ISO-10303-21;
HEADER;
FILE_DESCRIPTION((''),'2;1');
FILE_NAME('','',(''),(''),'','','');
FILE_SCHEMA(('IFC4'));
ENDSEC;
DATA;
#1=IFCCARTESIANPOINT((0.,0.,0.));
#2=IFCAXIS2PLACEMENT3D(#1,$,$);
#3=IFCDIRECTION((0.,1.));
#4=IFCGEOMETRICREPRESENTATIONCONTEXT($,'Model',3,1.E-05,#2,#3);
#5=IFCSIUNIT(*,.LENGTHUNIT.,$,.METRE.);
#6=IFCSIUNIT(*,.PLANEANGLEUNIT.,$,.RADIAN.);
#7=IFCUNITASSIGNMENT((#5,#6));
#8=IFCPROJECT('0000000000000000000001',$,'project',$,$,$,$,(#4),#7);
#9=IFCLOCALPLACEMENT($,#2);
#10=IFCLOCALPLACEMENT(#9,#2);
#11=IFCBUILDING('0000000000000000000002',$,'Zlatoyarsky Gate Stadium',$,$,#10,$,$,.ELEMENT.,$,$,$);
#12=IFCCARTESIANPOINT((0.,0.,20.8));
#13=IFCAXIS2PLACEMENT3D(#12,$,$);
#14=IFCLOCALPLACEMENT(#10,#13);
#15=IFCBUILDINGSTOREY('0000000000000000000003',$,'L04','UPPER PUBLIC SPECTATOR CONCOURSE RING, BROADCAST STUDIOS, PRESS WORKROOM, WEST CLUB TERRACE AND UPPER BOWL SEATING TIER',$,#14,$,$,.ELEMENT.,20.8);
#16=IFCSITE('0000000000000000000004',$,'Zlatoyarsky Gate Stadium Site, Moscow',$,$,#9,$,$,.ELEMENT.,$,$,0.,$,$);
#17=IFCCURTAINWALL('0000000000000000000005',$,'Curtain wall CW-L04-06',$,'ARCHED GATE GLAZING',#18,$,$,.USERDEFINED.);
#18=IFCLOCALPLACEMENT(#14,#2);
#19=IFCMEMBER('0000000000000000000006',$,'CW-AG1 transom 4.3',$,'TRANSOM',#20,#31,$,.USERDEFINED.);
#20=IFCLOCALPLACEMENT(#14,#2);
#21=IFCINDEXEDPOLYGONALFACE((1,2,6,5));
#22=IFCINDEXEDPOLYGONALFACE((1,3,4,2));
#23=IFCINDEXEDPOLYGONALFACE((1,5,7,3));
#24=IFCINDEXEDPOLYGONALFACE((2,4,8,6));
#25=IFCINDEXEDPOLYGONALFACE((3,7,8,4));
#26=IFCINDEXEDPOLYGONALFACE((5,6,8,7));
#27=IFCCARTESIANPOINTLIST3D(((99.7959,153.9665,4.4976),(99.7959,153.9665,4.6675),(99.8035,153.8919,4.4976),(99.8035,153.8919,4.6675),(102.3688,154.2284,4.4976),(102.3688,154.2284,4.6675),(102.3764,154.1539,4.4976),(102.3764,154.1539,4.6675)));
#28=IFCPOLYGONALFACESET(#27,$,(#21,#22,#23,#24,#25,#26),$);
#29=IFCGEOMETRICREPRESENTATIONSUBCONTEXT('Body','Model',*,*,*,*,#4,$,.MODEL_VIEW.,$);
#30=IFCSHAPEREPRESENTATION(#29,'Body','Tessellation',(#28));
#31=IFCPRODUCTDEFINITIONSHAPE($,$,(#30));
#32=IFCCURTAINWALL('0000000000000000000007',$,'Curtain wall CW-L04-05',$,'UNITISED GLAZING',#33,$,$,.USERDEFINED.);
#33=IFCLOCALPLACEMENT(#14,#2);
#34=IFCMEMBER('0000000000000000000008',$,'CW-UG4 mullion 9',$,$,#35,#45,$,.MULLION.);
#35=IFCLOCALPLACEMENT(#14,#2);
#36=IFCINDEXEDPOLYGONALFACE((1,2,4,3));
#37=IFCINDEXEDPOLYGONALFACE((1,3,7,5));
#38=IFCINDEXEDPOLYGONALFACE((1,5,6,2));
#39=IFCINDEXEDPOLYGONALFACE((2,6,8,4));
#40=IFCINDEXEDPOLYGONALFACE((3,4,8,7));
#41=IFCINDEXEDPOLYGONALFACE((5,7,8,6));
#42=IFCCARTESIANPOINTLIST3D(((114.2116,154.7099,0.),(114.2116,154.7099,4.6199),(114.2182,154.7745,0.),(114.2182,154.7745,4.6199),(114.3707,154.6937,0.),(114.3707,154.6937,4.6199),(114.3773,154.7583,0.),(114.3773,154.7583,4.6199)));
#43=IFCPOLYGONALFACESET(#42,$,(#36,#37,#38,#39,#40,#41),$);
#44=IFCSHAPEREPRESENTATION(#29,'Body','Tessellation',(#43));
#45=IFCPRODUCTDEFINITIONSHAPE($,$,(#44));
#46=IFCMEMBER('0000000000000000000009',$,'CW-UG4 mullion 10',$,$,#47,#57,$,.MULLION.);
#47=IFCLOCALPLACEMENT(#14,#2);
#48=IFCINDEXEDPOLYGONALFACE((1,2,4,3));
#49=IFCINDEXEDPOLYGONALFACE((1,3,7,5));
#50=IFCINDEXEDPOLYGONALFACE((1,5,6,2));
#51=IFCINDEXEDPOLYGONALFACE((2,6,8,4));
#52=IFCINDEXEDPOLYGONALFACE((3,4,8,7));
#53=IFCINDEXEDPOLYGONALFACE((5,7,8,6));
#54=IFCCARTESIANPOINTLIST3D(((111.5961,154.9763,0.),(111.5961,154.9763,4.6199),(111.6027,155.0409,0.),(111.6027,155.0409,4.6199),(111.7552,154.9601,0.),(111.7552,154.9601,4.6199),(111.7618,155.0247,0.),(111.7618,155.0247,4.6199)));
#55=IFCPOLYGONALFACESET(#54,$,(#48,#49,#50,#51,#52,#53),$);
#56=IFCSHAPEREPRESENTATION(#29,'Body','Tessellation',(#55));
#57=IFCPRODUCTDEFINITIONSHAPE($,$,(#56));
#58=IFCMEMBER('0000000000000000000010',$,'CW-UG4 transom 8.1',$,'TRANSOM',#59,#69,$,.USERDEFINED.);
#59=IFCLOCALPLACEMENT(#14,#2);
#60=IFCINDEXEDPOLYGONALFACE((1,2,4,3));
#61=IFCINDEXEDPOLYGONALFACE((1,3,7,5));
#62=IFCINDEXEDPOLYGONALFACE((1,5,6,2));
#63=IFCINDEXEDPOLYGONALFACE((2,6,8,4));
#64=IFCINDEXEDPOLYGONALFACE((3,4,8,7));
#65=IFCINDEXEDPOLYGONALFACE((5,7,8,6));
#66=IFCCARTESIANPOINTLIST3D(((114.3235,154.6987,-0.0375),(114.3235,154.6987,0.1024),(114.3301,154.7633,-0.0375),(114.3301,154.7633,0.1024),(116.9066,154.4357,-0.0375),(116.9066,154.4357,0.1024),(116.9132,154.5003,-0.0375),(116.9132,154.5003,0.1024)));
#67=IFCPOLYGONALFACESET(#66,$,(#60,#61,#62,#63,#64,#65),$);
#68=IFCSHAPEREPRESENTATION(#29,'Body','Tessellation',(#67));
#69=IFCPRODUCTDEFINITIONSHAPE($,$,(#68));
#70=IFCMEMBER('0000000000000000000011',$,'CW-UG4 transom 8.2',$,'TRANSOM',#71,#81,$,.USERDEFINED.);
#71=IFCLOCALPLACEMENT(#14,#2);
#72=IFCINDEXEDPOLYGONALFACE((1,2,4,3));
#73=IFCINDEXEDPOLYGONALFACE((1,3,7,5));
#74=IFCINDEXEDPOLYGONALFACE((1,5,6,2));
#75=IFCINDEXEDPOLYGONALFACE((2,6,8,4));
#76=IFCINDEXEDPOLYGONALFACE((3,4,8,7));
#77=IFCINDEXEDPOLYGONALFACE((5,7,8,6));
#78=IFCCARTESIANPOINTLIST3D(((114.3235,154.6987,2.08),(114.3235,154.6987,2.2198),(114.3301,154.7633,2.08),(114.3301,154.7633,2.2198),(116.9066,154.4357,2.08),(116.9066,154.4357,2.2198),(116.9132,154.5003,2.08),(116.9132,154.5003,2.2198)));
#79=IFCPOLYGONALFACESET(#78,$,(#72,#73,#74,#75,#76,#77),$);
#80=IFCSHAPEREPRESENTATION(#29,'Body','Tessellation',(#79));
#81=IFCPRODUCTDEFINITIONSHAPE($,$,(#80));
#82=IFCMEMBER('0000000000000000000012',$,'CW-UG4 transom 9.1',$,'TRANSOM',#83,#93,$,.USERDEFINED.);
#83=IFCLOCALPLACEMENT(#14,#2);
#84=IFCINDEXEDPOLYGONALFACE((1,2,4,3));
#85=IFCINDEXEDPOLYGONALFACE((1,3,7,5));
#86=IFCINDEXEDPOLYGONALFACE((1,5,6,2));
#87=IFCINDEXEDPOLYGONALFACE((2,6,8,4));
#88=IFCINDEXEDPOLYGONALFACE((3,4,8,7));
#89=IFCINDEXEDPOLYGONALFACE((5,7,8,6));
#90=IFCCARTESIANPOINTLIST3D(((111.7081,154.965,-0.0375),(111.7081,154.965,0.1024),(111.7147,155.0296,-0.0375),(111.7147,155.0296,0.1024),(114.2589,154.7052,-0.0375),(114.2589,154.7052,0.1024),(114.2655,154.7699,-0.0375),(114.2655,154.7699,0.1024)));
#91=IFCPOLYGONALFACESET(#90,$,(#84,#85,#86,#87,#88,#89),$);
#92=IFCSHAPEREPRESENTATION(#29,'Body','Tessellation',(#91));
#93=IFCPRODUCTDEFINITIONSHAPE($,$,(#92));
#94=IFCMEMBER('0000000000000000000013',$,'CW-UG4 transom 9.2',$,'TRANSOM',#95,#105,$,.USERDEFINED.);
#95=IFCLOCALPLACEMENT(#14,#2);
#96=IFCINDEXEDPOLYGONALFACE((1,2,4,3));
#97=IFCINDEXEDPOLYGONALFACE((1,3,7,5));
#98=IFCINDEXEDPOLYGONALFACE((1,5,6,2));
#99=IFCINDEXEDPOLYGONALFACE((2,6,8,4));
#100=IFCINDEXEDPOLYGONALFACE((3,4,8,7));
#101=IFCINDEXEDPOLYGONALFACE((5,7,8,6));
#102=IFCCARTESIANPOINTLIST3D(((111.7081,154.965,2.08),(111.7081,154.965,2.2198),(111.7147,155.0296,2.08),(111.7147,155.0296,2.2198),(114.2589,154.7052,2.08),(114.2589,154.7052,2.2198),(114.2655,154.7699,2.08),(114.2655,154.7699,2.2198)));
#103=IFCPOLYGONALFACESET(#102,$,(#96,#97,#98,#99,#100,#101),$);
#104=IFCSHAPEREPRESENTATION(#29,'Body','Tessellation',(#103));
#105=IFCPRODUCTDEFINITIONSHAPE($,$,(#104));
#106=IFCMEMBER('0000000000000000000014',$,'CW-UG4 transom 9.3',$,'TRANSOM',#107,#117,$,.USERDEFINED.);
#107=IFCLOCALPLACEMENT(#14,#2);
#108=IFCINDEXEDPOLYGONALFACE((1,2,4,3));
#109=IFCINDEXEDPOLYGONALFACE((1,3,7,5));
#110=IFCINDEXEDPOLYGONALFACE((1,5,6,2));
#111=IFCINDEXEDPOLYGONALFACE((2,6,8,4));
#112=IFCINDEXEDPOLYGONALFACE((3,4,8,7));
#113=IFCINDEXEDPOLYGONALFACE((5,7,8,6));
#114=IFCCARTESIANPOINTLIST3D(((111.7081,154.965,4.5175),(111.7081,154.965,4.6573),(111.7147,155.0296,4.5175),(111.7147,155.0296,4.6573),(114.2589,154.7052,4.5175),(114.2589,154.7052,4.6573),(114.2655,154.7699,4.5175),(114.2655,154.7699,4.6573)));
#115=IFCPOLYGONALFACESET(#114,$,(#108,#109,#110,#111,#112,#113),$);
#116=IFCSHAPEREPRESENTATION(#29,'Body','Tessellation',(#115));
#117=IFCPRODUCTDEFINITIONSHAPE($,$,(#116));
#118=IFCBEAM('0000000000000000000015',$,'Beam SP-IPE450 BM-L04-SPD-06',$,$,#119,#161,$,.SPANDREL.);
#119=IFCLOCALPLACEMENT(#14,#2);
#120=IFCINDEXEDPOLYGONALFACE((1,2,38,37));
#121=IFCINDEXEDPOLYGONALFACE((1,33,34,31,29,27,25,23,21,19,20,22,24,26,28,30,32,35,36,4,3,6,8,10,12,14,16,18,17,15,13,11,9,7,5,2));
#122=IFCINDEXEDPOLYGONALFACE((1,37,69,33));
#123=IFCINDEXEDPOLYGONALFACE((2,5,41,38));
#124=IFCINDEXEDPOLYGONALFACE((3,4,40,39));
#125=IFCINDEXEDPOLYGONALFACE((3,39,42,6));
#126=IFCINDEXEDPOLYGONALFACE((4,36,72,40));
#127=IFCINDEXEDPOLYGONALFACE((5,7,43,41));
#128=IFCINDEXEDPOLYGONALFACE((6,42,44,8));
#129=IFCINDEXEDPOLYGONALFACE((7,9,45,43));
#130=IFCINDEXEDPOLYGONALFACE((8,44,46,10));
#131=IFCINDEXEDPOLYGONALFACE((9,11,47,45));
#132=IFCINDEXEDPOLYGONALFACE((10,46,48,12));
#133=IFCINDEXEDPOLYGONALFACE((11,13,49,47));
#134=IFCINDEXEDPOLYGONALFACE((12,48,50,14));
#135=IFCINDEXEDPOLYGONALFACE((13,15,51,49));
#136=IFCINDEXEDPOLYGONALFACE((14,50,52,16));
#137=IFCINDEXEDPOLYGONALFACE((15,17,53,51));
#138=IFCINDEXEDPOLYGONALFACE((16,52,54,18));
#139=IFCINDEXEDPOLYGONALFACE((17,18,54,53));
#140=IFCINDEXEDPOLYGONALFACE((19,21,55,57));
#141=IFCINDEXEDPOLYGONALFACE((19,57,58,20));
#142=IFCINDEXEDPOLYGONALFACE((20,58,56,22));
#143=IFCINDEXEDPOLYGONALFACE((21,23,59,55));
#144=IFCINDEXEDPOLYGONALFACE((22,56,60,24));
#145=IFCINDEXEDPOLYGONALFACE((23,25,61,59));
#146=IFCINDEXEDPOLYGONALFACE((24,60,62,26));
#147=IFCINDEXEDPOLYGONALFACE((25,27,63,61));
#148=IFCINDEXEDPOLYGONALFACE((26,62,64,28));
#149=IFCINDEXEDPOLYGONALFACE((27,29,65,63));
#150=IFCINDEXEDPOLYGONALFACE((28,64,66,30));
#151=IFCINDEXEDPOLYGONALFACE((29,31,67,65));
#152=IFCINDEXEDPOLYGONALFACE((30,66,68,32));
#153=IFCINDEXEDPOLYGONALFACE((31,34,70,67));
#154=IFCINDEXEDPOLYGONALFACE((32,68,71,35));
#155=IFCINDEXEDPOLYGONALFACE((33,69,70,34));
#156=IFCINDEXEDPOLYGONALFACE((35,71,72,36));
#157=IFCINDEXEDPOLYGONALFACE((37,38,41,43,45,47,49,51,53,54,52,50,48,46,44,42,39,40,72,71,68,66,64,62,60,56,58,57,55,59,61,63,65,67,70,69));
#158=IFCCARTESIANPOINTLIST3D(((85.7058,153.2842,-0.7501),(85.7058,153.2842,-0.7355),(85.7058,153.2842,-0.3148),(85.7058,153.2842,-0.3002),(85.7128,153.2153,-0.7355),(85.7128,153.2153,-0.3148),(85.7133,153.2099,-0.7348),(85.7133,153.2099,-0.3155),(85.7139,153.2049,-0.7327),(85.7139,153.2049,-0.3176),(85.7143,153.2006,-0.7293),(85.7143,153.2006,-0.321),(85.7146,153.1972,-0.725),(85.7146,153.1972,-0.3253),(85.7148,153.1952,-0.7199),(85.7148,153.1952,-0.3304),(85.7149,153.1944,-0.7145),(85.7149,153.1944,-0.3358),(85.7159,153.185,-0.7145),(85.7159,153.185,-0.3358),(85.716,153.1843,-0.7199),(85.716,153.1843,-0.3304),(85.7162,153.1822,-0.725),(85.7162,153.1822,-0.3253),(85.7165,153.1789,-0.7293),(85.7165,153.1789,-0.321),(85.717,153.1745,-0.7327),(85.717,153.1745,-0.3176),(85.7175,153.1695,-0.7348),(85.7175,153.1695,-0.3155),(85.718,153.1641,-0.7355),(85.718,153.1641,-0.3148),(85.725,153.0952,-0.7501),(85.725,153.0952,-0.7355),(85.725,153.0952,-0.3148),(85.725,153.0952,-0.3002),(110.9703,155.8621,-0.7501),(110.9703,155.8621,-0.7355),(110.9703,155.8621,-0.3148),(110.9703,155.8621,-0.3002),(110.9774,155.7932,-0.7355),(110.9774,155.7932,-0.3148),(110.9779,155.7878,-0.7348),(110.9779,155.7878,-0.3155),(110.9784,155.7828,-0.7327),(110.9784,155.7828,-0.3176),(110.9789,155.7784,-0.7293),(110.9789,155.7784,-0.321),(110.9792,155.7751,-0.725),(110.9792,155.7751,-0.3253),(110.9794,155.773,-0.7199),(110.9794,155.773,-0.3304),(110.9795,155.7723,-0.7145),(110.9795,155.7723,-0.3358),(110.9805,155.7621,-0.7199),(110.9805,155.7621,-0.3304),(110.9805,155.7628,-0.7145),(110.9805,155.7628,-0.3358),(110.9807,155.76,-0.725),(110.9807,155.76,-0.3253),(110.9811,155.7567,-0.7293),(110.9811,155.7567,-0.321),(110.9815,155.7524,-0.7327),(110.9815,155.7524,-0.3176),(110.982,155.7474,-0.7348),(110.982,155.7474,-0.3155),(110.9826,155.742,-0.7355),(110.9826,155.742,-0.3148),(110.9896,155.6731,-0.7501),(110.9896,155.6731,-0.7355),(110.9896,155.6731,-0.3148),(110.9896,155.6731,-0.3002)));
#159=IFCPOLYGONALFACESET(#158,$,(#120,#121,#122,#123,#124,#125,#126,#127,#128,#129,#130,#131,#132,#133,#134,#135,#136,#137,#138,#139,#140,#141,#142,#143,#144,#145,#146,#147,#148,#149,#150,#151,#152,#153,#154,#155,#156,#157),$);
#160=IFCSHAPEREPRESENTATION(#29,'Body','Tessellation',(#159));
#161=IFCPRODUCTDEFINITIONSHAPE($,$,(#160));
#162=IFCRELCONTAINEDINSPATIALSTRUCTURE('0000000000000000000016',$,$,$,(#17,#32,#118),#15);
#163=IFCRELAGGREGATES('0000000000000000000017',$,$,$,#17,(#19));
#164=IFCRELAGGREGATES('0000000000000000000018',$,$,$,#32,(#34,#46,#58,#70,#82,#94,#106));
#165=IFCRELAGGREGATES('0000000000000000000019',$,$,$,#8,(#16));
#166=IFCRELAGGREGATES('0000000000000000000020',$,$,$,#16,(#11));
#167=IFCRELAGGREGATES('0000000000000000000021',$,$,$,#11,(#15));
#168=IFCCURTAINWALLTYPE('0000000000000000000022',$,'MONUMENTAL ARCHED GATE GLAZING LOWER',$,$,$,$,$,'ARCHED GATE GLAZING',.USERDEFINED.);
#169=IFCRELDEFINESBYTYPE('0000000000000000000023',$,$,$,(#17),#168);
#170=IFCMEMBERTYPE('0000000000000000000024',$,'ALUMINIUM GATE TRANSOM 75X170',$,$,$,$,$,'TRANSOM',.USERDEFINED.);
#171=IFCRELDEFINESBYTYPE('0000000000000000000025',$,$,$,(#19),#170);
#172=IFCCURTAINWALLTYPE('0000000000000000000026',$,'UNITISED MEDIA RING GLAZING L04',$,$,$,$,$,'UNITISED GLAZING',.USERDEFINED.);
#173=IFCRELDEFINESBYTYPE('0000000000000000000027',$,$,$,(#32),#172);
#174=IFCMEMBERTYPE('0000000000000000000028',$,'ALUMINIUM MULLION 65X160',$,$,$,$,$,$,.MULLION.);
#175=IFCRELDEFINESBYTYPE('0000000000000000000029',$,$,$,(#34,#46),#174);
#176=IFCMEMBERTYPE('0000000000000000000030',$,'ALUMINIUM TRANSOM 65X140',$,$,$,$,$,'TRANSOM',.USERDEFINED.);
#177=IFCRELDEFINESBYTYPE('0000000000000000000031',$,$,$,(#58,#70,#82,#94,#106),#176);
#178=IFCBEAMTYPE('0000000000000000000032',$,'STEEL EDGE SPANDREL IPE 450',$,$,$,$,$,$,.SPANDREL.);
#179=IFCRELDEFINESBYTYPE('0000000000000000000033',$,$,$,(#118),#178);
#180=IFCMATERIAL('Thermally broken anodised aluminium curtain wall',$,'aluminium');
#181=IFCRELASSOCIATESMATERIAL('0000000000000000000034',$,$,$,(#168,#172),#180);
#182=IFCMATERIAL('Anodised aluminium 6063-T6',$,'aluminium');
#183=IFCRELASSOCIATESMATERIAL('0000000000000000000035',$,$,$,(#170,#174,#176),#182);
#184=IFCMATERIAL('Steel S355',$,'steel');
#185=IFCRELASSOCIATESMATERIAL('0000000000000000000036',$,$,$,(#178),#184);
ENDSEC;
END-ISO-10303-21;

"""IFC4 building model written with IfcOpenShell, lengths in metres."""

from ifc_helpers import new_model, si_unit, direction, frame, origin, origin_2d, place, context, subcontext, project, spatial, rectangle, i_section, extrude, material, material_profile, profile_set, type_object, element, aggregate, save


model = new_model("IFC4")

# Units and contexts
model_context = context("Model", 3, precision=1e-05, world=origin(), true_north=direction((0.0, 1.0)))
body_context = subcontext(model_context, "Body", "Model", "MODEL_VIEW")
ifc_project = project(units=[si_unit("LENGTHUNIT", "METRE"), si_unit("PLANEANGLEUNIT", "RADIAN")], contexts=[model_context])

# Site, building, storey
site_placement = place(None, origin())
site = spatial("IfcSite", under=ifc_project, at=site_placement, Name="Zlatoyarsky Gate Stadium Site, Moscow", CompositionType="ELEMENT", RefElevation=0.0)
building_placement = place(site_placement, origin())
building = spatial("IfcBuilding", under=site, at=building_placement, Name="Zlatoyarsky Gate Stadium", CompositionType="ELEMENT")
storey_placement = place(building_placement, frame((0.0, 0.0, 20.8)))
storey = spatial("IfcBuildingStorey", under=building, at=storey_placement, Name="L04", Description="UPPER PUBLIC SPECTATOR CONCOURSE RING, BROADCAST STUDIOS, PRESS WORKROOM, WEST CLUB TERRACE AND UPPER BOWL SEATING TIER", CompositionType="ELEMENT", Elevation=20.8)

# Curtain walls, members
ifc_material_1 = material(Name="Thermally broken anodised aluminium curtain wall", Category="aluminium")
curtain_wall_type_1 = type_object("IfcCurtainWallType", Name="MONUMENTAL ARCHED GATE GLAZING LOWER", ElementType="ARCHED GATE GLAZING", PredefinedType="USERDEFINED", material=ifc_material_1)
curtain_wall_1_placement = place(storey_placement, origin())
curtain_wall_1 = element("IfcCurtainWall", 1, at=curtain_wall_1_placement, inside=storey, type_object=curtain_wall_type_1, Name="Curtain wall CW-L04-06", ObjectType="ARCHED GATE GLAZING", PredefinedType="USERDEFINED")
ifc_material_2 = material(Name="Anodised aluminium 6063-T6", Category="aluminium")
ifc_material_profile_1 = material_profile(ifc_material_2, rectangle(XDim=0.075, YDim=0.1699, at=origin_2d()), Name="ALU 75X170")
ifc_profile_set_1 = profile_set([ifc_material_profile_1], Name="Anodised aluminium 6063-T6")
member_type_1 = type_object("IfcMemberType", Name="ALUMINIUM GATE TRANSOM 75X170", ElementType="TRANSOM", PredefinedType="USERDEFINED", material=ifc_profile_set_1)
member_1_placement = place(storey_placement, frame((102.3726, 154.1912, 4.5825), z_axis=(-0.994857, -0.101289, 0.0), x_axis=(0.101289, -0.994857, 0.0)))
member_1 = element("IfcMember", 2, at=member_1_placement, type_object=member_type_1, Name="CW-AG1 transom 4.3", ObjectType="TRANSOM", PredefinedType="USERDEFINED", context=body_context, shape_type="SweptSolid", body=[
    extrude(rectangle(XDim=0.075, YDim=0.1699, at=origin_2d()), origin(), (0.0, 0.0, 1.0), 2.5862),
])
curtain_wall_type_2 = type_object("IfcCurtainWallType", Name="UNITISED MEDIA RING GLAZING L04", ElementType="UNITISED GLAZING", PredefinedType="USERDEFINED", material=ifc_material_1)
curtain_wall_2_placement = place(storey_placement, origin())
curtain_wall_2 = element("IfcCurtainWall", 3, at=curtain_wall_2_placement, inside=storey, type_object=curtain_wall_type_2, Name="Curtain wall CW-L04-05", ObjectType="UNITISED GLAZING", PredefinedType="USERDEFINED")
ifc_material_profile_2 = material_profile(ifc_material_2, rectangle(XDim=0.0649, YDim=0.1599, at=origin_2d()), Name="ALU 65X160")
ifc_profile_set_2 = profile_set([ifc_material_profile_2], Name="Anodised aluminium 6063-T6")
member_type_2 = type_object("IfcMemberType", Name="ALUMINIUM MULLION 65X160", PredefinedType="MULLION", material=ifc_profile_set_2)
member_2_placement = place(storey_placement, frame((114.2944, 154.7341, 0.0), z_axis=(0.0, 0.0, 1.0), x_axis=(-0.101293, -0.994857, 0.0)))
member_2 = element("IfcMember", 4, at=member_2_placement, type_object=member_type_2, Name="CW-UG4 mullion 9", PredefinedType="MULLION", context=body_context, shape_type="SweptSolid", body=[
    extrude(rectangle(XDim=0.0649, YDim=0.1599, at=origin_2d()), origin(), (0.0, 0.0, 1.0), 4.6199),
])
member_3_placement = place(storey_placement, frame((111.679, 155.0005, 0.0), z_axis=(0.0, 0.0, 1.0), x_axis=(-0.101293, -0.994857, 0.0)))
member_3 = element("IfcMember", 5, at=member_3_placement, type_object=member_type_2, Name="CW-UG4 mullion 10", PredefinedType="MULLION", context=body_context, shape_type="SweptSolid", body=[
    extrude(rectangle(XDim=0.0649, YDim=0.1599, at=origin_2d()), origin(), (0.0, 0.0, 1.0), 4.6199),
])
ifc_material_profile_3 = material_profile(ifc_material_2, rectangle(XDim=0.0649, YDim=0.1399, at=origin_2d()), Name="ALU 65X140")
ifc_profile_set_3 = profile_set([ifc_material_profile_3], Name="Anodised aluminium 6063-T6")
member_type_3 = type_object("IfcMemberType", Name="ALUMINIUM TRANSOM 65X140", ElementType="TRANSOM", PredefinedType="USERDEFINED", material=ifc_profile_set_3)
member_4_placement = place(storey_placement, frame((116.9099, 154.468, 0.0325), z_axis=(-0.994859, 0.101272, 0.0), x_axis=(-0.101272, -0.994859, 0.0)))
member_4 = element("IfcMember", 6, at=member_4_placement, type_object=member_type_3, Name="CW-UG4 transom 8.1", ObjectType="TRANSOM", PredefinedType="USERDEFINED", context=body_context, shape_type="SweptSolid", body=[
    extrude(rectangle(XDim=0.0649, YDim=0.1399, at=origin_2d()), origin(), (0.0, 0.0, 1.0), 2.5964),
])
member_5_placement = place(storey_placement, frame((116.9099, 154.468, 2.1499), z_axis=(-0.994859, 0.101272, 0.0), x_axis=(-0.101272, -0.994859, 0.0)))
member_5 = element("IfcMember", 7, at=member_5_placement, type_object=member_type_3, Name="CW-UG4 transom 8.2", ObjectType="TRANSOM", PredefinedType="USERDEFINED", context=body_context, shape_type="SweptSolid", body=[
    extrude(rectangle(XDim=0.0649, YDim=0.1399, at=origin_2d()), origin(), (0.0, 0.0, 1.0), 2.5964),
])
member_6_placement = place(storey_placement, frame((114.2622, 154.7375, 0.0325), z_axis=(-0.994855, 0.101314, 0.0), x_axis=(-0.101314, -0.994855, 0.0)))
member_6 = element("IfcMember", 8, at=member_6_placement, type_object=member_type_3, Name="CW-UG4 transom 9.1", ObjectType="TRANSOM", PredefinedType="USERDEFINED", context=body_context, shape_type="SweptSolid", body=[
    extrude(rectangle(XDim=0.0649, YDim=0.1399, at=origin_2d()), origin(), (0.0, 0.0, 1.0), 2.564),
])
member_7_placement = place(storey_placement, frame((114.2622, 154.7375, 2.1499), z_axis=(-0.994855, 0.101314, 0.0), x_axis=(-0.101314, -0.994855, 0.0)))
member_7 = element("IfcMember", 9, at=member_7_placement, type_object=member_type_3, Name="CW-UG4 transom 9.2", ObjectType="TRANSOM", PredefinedType="USERDEFINED", context=body_context, shape_type="SweptSolid", body=[
    extrude(rectangle(XDim=0.0649, YDim=0.1399, at=origin_2d()), origin(), (0.0, 0.0, 1.0), 2.564),
])
member_8_placement = place(storey_placement, frame((114.2622, 154.7375, 4.5874), z_axis=(-0.994855, 0.101314, 0.0), x_axis=(-0.101314, -0.994855, 0.0)))
member_8 = element("IfcMember", 10, at=member_8_placement, type_object=member_type_3, Name="CW-UG4 transom 9.3", ObjectType="TRANSOM", PredefinedType="USERDEFINED", context=body_context, shape_type="SweptSolid", body=[
    extrude(rectangle(XDim=0.0649, YDim=0.1399, at=origin_2d()), origin(), (0.0, 0.0, 1.0), 2.564),
])

# Beam
ifc_material_3 = material(Name="Steel S355", Category="steel")
ifc_material_profile_4 = material_profile(ifc_material_3, i_section(OverallWidth=0.1899, OverallDepth=0.45, WebThickness=0.0095, FlangeThickness=0.0146, FilletRadius=0.021, at=origin_2d()), Name="IPE 450")
ifc_profile_set_4 = profile_set([ifc_material_profile_4], Name="Steel S355")
beam_type_1 = type_object("IfcBeamType", Name="STEEL EDGE SPANDREL IPE 450", PredefinedType="SPANDREL", material=ifc_profile_set_4)
beam_placement = place(storey_placement, frame((110.98, 155.7676, -0.5251), z_axis=(-0.994835, -0.101508, 0.0), x_axis=(0.101508, -0.994835, 0.0)))
element("IfcBeam", 11, at=beam_placement, inside=storey, type_object=beam_type_1, Name="Beam SP-IPE450 BM-L04-SPD-06", PredefinedType="SPANDREL", context=body_context, shape_type="SweptSolid", body=[
    extrude(i_section(OverallWidth=0.1899, OverallDepth=0.45, WebThickness=0.0095, FlangeThickness=0.0146, FilletRadius=0.021, at=origin_2d()), origin(), (0.0, 0.0, 1.0), 25.3958),
])

aggregate(curtain_wall_1, [member_1])

aggregate(curtain_wall_2, [member_2, member_3, member_4, member_5, member_6, member_7, member_8])

save(model, "model.ifc")
